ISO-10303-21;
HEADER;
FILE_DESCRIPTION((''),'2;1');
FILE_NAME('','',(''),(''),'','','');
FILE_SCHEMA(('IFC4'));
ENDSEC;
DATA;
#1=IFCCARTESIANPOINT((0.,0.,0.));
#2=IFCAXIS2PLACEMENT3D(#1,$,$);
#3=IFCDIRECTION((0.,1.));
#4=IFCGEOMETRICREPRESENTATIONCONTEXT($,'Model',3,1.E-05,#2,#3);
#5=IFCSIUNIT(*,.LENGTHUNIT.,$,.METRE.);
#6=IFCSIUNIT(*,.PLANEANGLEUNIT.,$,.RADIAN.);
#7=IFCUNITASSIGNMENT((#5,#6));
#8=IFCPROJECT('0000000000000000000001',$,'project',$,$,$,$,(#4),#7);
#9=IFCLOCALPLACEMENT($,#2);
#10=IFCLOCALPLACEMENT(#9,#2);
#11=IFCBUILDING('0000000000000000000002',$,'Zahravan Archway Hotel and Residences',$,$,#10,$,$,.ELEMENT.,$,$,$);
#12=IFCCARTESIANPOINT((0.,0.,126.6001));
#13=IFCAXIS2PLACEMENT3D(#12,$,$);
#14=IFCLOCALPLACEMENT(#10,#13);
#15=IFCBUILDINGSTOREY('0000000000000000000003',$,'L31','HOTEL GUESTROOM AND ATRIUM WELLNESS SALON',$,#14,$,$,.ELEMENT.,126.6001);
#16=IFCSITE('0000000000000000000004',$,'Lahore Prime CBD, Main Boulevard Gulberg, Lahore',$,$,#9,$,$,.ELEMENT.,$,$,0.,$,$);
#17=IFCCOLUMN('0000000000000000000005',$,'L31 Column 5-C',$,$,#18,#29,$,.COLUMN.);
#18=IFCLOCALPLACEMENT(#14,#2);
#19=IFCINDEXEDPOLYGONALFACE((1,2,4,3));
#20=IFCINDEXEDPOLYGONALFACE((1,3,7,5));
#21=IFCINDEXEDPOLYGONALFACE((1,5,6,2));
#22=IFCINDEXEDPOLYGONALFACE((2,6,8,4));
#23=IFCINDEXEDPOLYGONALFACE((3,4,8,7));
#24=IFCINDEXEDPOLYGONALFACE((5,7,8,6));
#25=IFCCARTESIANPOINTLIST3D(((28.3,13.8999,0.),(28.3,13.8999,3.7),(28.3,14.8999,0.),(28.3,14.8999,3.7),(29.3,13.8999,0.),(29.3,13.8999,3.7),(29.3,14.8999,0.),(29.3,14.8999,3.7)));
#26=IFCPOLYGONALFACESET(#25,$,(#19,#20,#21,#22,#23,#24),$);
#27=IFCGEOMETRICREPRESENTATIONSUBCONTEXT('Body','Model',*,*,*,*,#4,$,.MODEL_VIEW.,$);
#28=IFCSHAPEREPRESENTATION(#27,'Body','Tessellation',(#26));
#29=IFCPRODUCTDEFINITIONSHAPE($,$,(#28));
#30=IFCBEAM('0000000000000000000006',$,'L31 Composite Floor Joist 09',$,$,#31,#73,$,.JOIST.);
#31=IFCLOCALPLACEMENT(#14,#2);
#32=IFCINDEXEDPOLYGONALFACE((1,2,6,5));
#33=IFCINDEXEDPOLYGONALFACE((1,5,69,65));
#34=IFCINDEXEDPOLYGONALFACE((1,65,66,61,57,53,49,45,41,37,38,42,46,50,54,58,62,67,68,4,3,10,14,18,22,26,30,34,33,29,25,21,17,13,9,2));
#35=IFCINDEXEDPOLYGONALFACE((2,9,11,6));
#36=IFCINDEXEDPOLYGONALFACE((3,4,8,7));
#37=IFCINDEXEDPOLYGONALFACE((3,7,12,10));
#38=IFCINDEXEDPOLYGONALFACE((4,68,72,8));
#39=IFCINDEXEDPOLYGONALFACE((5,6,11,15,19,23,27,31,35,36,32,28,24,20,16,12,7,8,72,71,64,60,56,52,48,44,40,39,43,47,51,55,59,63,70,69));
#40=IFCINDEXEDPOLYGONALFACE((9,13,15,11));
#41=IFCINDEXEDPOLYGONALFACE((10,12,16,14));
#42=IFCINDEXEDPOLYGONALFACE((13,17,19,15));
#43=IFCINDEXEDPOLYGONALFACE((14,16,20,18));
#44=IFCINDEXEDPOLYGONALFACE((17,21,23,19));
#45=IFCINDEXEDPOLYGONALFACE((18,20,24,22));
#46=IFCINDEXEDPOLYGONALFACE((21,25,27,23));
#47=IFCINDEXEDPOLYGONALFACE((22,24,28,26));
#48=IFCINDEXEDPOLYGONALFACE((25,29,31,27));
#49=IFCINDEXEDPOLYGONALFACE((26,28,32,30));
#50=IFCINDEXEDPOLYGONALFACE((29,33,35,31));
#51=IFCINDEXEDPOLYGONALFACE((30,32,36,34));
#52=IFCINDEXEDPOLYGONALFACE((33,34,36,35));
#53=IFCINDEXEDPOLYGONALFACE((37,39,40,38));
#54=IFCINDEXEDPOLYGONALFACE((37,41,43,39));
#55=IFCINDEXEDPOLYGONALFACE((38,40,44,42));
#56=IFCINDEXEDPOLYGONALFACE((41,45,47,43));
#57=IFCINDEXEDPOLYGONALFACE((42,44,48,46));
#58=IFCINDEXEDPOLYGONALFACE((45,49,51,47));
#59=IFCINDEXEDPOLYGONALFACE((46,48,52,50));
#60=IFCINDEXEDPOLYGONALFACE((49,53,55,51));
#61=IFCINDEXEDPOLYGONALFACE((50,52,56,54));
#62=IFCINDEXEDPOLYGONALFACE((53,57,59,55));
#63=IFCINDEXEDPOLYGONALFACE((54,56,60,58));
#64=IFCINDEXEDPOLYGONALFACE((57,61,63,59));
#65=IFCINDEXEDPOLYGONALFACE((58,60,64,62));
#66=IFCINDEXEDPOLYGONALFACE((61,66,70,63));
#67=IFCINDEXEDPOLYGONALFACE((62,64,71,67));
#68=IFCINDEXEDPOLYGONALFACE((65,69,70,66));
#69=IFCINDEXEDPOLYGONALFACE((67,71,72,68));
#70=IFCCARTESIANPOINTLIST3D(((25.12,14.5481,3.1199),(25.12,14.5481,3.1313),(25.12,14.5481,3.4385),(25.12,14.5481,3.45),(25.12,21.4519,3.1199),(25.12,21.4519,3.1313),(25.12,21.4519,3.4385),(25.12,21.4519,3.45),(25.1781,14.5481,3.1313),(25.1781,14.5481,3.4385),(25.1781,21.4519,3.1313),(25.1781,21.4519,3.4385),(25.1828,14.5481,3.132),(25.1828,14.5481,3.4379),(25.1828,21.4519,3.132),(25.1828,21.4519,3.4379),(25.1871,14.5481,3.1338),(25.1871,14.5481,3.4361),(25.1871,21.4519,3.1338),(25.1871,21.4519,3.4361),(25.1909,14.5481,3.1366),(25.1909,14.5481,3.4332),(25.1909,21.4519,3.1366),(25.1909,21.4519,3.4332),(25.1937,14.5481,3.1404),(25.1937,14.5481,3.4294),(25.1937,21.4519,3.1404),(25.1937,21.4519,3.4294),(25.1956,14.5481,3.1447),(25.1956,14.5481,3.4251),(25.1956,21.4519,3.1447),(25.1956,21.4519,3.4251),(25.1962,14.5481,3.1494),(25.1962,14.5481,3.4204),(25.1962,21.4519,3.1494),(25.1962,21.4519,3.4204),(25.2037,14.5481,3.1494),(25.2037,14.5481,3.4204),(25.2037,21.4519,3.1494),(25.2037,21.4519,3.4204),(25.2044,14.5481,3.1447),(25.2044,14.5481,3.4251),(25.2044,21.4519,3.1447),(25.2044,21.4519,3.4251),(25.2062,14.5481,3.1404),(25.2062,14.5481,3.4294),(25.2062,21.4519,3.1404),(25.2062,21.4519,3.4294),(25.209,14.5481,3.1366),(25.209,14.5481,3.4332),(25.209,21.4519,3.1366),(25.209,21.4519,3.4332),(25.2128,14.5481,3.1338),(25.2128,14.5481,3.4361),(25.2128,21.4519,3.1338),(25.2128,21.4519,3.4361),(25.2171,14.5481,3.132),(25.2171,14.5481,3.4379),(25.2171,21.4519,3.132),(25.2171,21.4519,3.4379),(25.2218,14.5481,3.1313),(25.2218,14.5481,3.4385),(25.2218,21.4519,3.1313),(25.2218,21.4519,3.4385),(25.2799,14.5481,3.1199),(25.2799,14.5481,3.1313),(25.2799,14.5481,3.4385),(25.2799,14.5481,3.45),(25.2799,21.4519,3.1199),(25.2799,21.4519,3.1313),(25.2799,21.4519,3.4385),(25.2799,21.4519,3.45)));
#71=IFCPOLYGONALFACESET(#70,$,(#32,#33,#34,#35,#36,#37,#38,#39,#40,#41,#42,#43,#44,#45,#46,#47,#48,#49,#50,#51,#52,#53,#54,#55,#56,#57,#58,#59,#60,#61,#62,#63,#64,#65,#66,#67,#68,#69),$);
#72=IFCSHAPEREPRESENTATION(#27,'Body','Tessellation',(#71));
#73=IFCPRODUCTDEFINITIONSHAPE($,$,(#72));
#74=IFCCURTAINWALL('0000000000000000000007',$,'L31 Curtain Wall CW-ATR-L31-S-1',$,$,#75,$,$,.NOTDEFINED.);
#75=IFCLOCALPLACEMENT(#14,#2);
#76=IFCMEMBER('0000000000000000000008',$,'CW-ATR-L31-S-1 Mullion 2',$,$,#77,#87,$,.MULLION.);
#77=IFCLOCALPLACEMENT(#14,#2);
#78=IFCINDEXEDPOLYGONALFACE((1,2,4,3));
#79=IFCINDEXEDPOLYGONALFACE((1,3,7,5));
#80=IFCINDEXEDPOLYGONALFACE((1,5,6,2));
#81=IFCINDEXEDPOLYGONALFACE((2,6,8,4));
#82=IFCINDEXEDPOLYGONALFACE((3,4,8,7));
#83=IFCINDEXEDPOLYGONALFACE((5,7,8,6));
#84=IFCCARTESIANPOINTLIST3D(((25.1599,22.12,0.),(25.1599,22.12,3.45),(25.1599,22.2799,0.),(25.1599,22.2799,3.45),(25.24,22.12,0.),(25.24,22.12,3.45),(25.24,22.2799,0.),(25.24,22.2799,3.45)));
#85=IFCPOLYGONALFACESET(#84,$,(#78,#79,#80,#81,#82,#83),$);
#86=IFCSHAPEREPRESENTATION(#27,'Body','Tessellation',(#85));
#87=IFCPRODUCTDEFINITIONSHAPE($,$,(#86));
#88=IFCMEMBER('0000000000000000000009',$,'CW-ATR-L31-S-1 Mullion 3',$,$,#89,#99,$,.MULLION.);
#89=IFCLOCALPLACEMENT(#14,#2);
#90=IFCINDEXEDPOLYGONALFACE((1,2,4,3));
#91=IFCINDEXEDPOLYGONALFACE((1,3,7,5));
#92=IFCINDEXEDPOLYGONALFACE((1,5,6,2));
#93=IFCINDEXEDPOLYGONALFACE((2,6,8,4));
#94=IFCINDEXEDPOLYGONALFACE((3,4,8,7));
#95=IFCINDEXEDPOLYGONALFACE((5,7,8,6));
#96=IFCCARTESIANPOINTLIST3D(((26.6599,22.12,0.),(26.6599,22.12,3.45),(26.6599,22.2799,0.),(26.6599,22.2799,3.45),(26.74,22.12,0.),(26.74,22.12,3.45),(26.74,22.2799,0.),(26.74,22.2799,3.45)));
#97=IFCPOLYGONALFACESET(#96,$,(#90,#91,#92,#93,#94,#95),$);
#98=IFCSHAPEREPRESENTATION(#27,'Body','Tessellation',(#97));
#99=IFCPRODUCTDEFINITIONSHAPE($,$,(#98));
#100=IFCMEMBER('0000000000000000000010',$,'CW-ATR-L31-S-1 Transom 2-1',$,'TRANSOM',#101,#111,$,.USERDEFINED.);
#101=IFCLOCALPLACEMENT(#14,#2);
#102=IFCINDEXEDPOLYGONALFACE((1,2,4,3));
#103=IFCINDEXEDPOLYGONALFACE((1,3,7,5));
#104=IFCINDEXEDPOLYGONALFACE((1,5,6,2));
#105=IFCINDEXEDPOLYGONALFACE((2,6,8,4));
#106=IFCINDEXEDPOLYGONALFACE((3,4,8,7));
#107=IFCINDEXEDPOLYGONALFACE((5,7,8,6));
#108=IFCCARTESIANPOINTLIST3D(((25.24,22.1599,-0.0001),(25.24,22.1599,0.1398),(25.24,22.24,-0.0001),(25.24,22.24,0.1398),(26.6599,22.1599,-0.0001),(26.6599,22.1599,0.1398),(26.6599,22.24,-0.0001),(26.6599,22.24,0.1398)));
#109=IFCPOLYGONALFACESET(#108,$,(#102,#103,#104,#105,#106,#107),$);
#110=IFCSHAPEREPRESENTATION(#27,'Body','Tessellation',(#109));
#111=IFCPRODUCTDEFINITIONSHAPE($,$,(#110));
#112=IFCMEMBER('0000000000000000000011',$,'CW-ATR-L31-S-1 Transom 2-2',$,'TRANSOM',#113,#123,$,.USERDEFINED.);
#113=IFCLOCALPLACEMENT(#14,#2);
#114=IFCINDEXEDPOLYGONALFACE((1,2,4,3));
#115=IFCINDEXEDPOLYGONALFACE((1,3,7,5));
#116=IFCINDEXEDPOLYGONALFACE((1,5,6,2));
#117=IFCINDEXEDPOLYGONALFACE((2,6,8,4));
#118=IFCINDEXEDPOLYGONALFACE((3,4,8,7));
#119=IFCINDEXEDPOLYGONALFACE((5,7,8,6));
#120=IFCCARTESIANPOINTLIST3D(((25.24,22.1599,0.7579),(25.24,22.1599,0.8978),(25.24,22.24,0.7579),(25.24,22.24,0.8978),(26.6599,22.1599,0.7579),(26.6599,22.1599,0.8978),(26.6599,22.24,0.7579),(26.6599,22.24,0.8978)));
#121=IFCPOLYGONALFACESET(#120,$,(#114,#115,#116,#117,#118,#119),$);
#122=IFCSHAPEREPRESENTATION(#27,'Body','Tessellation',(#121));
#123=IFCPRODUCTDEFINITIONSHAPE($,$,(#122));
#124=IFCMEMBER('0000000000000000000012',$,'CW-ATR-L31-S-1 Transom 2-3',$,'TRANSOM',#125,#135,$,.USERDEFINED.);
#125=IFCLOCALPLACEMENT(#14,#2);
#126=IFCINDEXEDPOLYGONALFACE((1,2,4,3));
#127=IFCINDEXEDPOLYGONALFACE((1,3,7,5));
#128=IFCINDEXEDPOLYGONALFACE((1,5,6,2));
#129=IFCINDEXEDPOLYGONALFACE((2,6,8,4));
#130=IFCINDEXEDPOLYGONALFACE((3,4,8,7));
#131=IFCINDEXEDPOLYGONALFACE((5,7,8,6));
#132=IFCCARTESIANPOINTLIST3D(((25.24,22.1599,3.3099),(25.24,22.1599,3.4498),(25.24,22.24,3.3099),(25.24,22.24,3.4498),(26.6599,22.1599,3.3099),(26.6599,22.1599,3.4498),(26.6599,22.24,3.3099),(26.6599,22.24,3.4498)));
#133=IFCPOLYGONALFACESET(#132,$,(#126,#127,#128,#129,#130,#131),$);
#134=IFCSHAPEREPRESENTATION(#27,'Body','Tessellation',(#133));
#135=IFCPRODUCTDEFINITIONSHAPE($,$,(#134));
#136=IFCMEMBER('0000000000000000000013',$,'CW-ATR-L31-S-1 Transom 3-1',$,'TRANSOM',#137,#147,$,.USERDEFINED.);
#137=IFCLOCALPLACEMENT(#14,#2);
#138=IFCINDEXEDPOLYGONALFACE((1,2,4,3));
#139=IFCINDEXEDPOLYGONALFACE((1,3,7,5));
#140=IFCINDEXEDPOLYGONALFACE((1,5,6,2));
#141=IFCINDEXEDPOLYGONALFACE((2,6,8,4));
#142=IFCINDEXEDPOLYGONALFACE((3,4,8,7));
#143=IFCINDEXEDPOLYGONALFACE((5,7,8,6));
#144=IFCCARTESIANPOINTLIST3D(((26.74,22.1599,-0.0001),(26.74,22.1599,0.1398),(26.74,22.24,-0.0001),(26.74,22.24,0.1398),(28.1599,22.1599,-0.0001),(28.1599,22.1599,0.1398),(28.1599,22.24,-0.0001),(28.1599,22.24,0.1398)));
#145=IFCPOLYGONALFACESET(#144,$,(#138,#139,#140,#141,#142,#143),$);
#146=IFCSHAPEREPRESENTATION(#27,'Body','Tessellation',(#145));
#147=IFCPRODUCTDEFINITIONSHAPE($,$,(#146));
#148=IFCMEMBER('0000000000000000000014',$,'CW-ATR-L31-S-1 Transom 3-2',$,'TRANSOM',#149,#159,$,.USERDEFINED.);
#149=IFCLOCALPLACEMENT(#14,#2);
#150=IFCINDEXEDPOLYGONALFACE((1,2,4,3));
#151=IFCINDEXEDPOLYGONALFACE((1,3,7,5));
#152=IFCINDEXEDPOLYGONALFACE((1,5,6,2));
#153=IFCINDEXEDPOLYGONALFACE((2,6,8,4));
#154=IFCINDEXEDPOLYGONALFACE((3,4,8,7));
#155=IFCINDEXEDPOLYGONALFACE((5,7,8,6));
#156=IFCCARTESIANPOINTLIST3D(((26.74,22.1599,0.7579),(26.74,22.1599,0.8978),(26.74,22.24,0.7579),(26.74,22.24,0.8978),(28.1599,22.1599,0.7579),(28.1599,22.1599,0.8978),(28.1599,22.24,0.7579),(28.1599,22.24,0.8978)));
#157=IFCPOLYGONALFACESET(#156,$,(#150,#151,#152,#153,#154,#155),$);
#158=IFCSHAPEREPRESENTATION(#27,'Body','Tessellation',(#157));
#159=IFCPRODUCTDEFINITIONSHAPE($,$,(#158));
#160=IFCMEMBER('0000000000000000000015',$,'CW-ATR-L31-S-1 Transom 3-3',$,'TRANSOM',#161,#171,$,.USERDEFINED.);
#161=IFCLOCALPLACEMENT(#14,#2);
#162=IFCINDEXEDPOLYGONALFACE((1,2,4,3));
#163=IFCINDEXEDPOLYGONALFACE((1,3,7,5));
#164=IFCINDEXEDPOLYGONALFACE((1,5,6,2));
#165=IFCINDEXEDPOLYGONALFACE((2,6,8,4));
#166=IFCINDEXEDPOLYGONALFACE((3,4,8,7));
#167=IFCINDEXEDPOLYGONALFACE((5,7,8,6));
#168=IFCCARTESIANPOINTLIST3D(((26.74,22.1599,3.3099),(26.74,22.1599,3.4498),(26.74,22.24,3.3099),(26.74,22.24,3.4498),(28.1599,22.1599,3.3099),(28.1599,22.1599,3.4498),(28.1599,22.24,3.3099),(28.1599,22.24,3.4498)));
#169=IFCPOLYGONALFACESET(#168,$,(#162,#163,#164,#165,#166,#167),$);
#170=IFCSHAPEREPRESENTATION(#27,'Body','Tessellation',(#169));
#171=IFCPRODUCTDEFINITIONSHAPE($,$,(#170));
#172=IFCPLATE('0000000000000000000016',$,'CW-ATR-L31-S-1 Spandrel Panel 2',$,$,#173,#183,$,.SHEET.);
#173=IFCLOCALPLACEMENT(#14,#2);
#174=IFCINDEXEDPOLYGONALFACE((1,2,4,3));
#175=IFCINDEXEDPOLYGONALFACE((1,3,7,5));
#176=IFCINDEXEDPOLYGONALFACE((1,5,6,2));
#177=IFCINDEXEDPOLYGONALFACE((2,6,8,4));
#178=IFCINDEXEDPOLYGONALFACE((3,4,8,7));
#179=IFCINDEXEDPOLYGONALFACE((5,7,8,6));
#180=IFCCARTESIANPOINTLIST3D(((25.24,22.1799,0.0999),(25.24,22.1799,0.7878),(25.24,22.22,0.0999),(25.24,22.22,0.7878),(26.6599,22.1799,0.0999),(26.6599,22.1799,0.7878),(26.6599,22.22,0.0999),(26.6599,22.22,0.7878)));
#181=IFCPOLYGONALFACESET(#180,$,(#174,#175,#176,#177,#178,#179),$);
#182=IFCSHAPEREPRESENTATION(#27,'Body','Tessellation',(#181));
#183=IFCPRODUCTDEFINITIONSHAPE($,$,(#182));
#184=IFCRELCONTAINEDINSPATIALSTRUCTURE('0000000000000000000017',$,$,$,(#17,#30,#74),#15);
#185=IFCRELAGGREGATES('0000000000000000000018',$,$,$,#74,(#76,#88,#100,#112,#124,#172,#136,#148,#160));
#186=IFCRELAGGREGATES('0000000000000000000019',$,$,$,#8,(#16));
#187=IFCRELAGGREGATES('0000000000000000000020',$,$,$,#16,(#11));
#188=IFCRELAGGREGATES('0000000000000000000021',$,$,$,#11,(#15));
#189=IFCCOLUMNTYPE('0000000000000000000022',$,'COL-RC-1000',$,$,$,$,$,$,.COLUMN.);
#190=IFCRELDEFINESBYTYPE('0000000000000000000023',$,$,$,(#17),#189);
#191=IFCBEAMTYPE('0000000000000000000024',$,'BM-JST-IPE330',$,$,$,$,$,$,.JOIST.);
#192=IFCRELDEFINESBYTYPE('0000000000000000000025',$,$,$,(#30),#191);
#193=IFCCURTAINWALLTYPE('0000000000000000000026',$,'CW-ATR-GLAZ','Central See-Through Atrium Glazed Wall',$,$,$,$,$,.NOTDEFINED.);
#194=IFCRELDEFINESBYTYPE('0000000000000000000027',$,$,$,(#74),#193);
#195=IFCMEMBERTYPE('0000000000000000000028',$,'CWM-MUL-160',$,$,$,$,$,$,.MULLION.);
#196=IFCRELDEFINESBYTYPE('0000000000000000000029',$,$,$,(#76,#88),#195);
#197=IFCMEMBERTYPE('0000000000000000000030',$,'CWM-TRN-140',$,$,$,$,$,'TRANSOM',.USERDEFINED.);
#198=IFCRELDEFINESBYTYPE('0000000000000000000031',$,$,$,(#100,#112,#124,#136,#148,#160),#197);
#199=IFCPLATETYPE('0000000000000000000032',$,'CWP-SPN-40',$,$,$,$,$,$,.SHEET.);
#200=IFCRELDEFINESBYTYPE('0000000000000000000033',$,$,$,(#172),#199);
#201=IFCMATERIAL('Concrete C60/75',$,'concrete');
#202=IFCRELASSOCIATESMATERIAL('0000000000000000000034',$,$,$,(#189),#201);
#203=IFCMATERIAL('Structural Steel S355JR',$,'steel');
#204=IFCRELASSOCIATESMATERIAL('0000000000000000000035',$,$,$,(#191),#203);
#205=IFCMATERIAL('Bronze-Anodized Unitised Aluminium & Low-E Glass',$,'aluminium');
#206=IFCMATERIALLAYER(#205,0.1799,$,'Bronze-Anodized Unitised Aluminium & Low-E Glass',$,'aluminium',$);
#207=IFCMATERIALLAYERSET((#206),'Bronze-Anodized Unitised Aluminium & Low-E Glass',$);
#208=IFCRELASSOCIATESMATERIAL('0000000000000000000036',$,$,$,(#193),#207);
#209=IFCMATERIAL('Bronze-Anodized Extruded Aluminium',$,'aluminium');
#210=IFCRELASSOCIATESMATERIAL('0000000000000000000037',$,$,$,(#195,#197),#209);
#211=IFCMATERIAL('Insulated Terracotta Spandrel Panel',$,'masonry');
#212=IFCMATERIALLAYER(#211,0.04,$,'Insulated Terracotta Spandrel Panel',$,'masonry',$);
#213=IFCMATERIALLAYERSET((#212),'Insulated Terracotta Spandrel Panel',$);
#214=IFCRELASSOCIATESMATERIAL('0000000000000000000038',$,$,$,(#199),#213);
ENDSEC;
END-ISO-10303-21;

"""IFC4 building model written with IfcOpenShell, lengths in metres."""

from ifc_helpers import new_model, si_unit, direction, frame, origin, origin_2d, place, context, subcontext, project, spatial, rectangle, i_section, extrude, source, transform, mapped, material, layer, layer_set, material_profile, profile_set, type_object, type_shapes, element, aggregate, save


model = new_model("IFC4")

# Units and contexts
model_context = context("Model", 3, precision=1e-05, world=origin(), true_north=direction((0.0, 1.0)))
body_context = subcontext(model_context, "Body", "Model", "MODEL_VIEW")
ifc_project = project(units=[si_unit("LENGTHUNIT", "METRE"), si_unit("PLANEANGLEUNIT", "RADIAN")], contexts=[model_context])

# Site, building, storey
site_placement = place(None, origin())
site = spatial("IfcSite", under=ifc_project, at=site_placement, Name="Lahore Prime CBD, Main Boulevard Gulberg, Lahore", CompositionType="ELEMENT", RefElevation=0.0)
building_placement = place(site_placement, origin())
building = spatial("IfcBuilding", under=site, at=building_placement, Name="Zahravan Archway Hotel and Residences", CompositionType="ELEMENT")
storey_placement = place(building_placement, frame((0.0, 0.0, 126.6001)))
storey = spatial("IfcBuildingStorey", under=building, at=storey_placement, Name="L31", Description="HOTEL GUESTROOM AND ATRIUM WELLNESS SALON", CompositionType="ELEMENT", Elevation=126.6001)

# Column
ifc_material_1 = material(Name="Concrete C60/75", Category="concrete")
ifc_material_profile_1 = material_profile(ifc_material_1, rectangle(XDim=1.0, YDim=1.0, at=origin_2d()), Name="RC-COL-1000x1000", Category="concrete")
ifc_profile_set_1 = profile_set([ifc_material_profile_1], Name="Concrete C60/75")
column_type = type_object("IfcColumnType", Name="COL-RC-1000", PredefinedType="COLUMN", material=ifc_profile_set_1)
shared_shape_1 = source(origin(), body_context, "Body", "SweptSolid", [
    extrude(rectangle(XDim=1.0, YDim=1.0, at=origin_2d()), origin(), (0.0, 0.0, 1.0), 3.7),
])
type_shapes(column_type, [shared_shape_1])
column_placement = place(storey_placement, frame((28.8, 14.3999, 0.0), z_axis=(0.0, 0.0, 1.0), x_axis=(1.0, 0.0, 0.0)))
element("IfcColumn", 1, at=column_placement, inside=storey, type_object=column_type, Name="L31 Column 5-C", PredefinedType="COLUMN", context=body_context, shape_type="MappedRepresentation", body=[
    mapped(shared_shape_1, transform((0.0, 0.0, 0.0), scale=1.0)),
])

# Beam
ifc_material_2 = material(Name="Structural Steel S355JR", Category="steel")
ifc_material_profile_2 = material_profile(ifc_material_2, i_section(OverallWidth=0.1599, OverallDepth=0.3301, WebThickness=0.0076, FlangeThickness=0.0115, FilletRadius=0.0181, at=origin_2d()), Name="IPE 330", Category="steel")
ifc_profile_set_2 = profile_set([ifc_material_profile_2], Name="Structural Steel S355JR")
beam_type = type_object("IfcBeamType", Name="BM-JST-IPE330", PredefinedType="JOIST", material=ifc_profile_set_2)
shared_shape_2 = source(origin(), body_context, "Body", "SweptSolid", [
    extrude(i_section(OverallWidth=0.1599, OverallDepth=0.3301, WebThickness=0.0076, FlangeThickness=0.0115, FilletRadius=0.0181, at=origin_2d()), origin(), (0.0, 0.0, 1.0), 6.9038),
])
beam_placement = place(storey_placement, frame((25.2, 14.5481, 3.2849), z_axis=(0.0, 1.0, 0.0), x_axis=(-1.0, 0.0, 0.0)))
element("IfcBeam", 2, at=beam_placement, inside=storey, type_object=beam_type, Name="L31 Composite Floor Joist 09", PredefinedType="JOIST", context=body_context, shape_type="MappedRepresentation", body=[
    mapped(shared_shape_2, transform((0.0, 0.0, 0.0), scale=1.0)),
])

# Curtain wall, members, plate
ifc_material_3 = material(Name="Bronze-Anodized Unitised Aluminium & Low-E Glass", Category="aluminium")
ifc_layer_1 = layer(ifc_material_3, 0.1799, Name="Bronze-Anodized Unitised Aluminium & Low-E Glass", Category="aluminium")
ifc_layer_set_1 = layer_set([ifc_layer_1], Name="Bronze-Anodized Unitised Aluminium & Low-E Glass")
curtain_wall_type = type_object("IfcCurtainWallType", Name="CW-ATR-GLAZ", Description="Central See-Through Atrium Glazed Wall", PredefinedType="NOTDEFINED", material=ifc_layer_set_1)
curtain_wall_placement = place(storey_placement, origin())
curtain_wall = element("IfcCurtainWall", 3, at=curtain_wall_placement, inside=storey, type_object=curtain_wall_type, Name="L31 Curtain Wall CW-ATR-L31-S-1", PredefinedType="NOTDEFINED")
ifc_material_4 = material(Name="Bronze-Anodized Extruded Aluminium", Category="aluminium")
ifc_material_profile_3 = material_profile(ifc_material_4, rectangle(XDim=0.0801, YDim=0.1599, at=origin_2d()), Name="MUL 80x160", Category="aluminium")
ifc_profile_set_3 = profile_set([ifc_material_profile_3], Name="Bronze-Anodized Extruded Aluminium")
member_type_1 = type_object("IfcMemberType", Name="CWM-MUL-160", PredefinedType="MULLION", material=ifc_profile_set_3)
shared_shape_3 = source(origin(), body_context, "Body", "SweptSolid", [
    extrude(rectangle(XDim=0.0801, YDim=0.1599, at=origin_2d()), origin(), (0.0, 0.0, 1.0), 3.45),
])
member_1_placement = place(storey_placement, frame((25.2, 22.2, 0.0), z_axis=(0.0, 0.0, 1.0), x_axis=(1.0, 0.0, 0.0)))
member_1 = element("IfcMember", 4, at=member_1_placement, type_object=member_type_1, Name="CW-ATR-L31-S-1 Mullion 2", PredefinedType="MULLION", context=body_context, shape_type="MappedRepresentation", body=[
    mapped(shared_shape_3, transform((0.0, 0.0, 0.0), scale=1.0)),
])
member_2_placement = place(storey_placement, frame((26.7, 22.2, 0.0), z_axis=(0.0, 0.0, 1.0), x_axis=(1.0, 0.0, 0.0)))
member_2 = element("IfcMember", 5, at=member_2_placement, type_object=member_type_1, Name="CW-ATR-L31-S-1 Mullion 3", PredefinedType="MULLION", context=body_context, shape_type="MappedRepresentation", body=[
    mapped(shared_shape_3, transform((0.0, 0.0, 0.0), scale=1.0)),
])
ifc_material_profile_4 = material_profile(ifc_material_4, rectangle(XDim=0.0801, YDim=0.1399, at=origin_2d()), Name="TRN 80x140", Category="aluminium")
ifc_profile_set_4 = profile_set([ifc_material_profile_4], Name="Bronze-Anodized Extruded Aluminium")
member_type_2 = type_object("IfcMemberType", Name="CWM-TRN-140", ElementType="TRANSOM", PredefinedType="USERDEFINED", material=ifc_profile_set_4)
shared_shape_4 = source(origin(), body_context, "Body", "SweptSolid", [
    extrude(rectangle(XDim=0.0801, YDim=0.1399, at=origin_2d()), origin(), (0.0, 0.0, 1.0), 1.4199),
])
member_3_placement = place(storey_placement, frame((25.24, 22.2, 0.0698), z_axis=(1.0, 0.0, 0.0), x_axis=(0.0, 1.0, 0.0)))
member_3 = element("IfcMember", 6, at=member_3_placement, type_object=member_type_2, Name="CW-ATR-L31-S-1 Transom 2-1", ObjectType="TRANSOM", PredefinedType="USERDEFINED", context=body_context, shape_type="MappedRepresentation", body=[
    mapped(shared_shape_4, transform((0.0, 0.0, 0.0), scale=1.0)),
])
member_4_placement = place(storey_placement, frame((25.24, 22.2, 0.8279), z_axis=(1.0, 0.0, 0.0), x_axis=(0.0, 1.0, 0.0)))
member_4 = element("IfcMember", 7, at=member_4_placement, type_object=member_type_2, Name="CW-ATR-L31-S-1 Transom 2-2", ObjectType="TRANSOM", PredefinedType="USERDEFINED", context=body_context, shape_type="MappedRepresentation", body=[
    mapped(shared_shape_4, transform((0.0, 0.0, 0.0), scale=1.0)),
])
member_5_placement = place(storey_placement, frame((25.24, 22.2, 3.3799), z_axis=(1.0, 0.0, 0.0), x_axis=(0.0, 1.0, 0.0)))
member_5 = element("IfcMember", 8, at=member_5_placement, type_object=member_type_2, Name="CW-ATR-L31-S-1 Transom 2-3", ObjectType="TRANSOM", PredefinedType="USERDEFINED", context=body_context, shape_type="MappedRepresentation", body=[
    mapped(shared_shape_4, transform((0.0, 0.0, 0.0), scale=1.0)),
])
member_6_placement = place(storey_placement, frame((26.74, 22.2, 0.0698), z_axis=(1.0, 0.0, 0.0), x_axis=(0.0, 1.0, 0.0)))
member_6 = element("IfcMember", 9, at=member_6_placement, type_object=member_type_2, Name="CW-ATR-L31-S-1 Transom 3-1", ObjectType="TRANSOM", PredefinedType="USERDEFINED", context=body_context, shape_type="MappedRepresentation", body=[
    mapped(shared_shape_4, transform((0.0, 0.0, 0.0), scale=1.0)),
])
member_7_placement = place(storey_placement, frame((26.74, 22.2, 0.8279), z_axis=(1.0, 0.0, 0.0), x_axis=(0.0, 1.0, 0.0)))
member_7 = element("IfcMember", 10, at=member_7_placement, type_object=member_type_2, Name="CW-ATR-L31-S-1 Transom 3-2", ObjectType="TRANSOM", PredefinedType="USERDEFINED", context=body_context, shape_type="MappedRepresentation", body=[
    mapped(shared_shape_4, transform((0.0, 0.0, 0.0), scale=1.0)),
])
member_8_placement = place(storey_placement, frame((26.74, 22.2, 3.3799), z_axis=(1.0, 0.0, 0.0), x_axis=(0.0, 1.0, 0.0)))
member_8 = element("IfcMember", 11, at=member_8_placement, type_object=member_type_2, Name="CW-ATR-L31-S-1 Transom 3-3", ObjectType="TRANSOM", PredefinedType="USERDEFINED", context=body_context, shape_type="MappedRepresentation", body=[
    mapped(shared_shape_4, transform((0.0, 0.0, 0.0), scale=1.0)),
])
ifc_material_5 = material(Name="Insulated Terracotta Spandrel Panel", Category="masonry")
ifc_layer_2 = layer(ifc_material_5, 0.04, Name="Insulated Terracotta Spandrel Panel", Category="masonry")
ifc_layer_set_2 = layer_set([ifc_layer_2], Name="Insulated Terracotta Spandrel Panel")
plate_type_1 = type_object("IfcPlateType", Name="CWP-SPN-40", PredefinedType="SHEET", material=ifc_layer_set_2)
shared_shape_5 = source(origin(), body_context, "Body", "SweptSolid", [
    extrude(rectangle(XDim=1.4199, YDim=0.04, at=origin_2d()), origin(), (0.0, 0.0, 1.0), 0.688),
])
plate_1_placement = place(storey_placement, frame((25.95, 22.2, 0.0999), z_axis=(0.0, 0.0, 1.0), x_axis=(1.0, 0.0, 0.0)))
plate_1 = element("IfcPlate", 12, at=plate_1_placement, type_object=plate_type_1, Name="CW-ATR-L31-S-1 Spandrel Panel 2", PredefinedType="SHEET", context=body_context, shape_type="MappedRepresentation", body=[
    mapped(shared_shape_5, transform((0.0, 0.0, 0.0), scale=1.0)),
])
aggregate(curtain_wall, [member_1, member_2, member_3, member_4, member_5, plate_1, member_6, member_7, member_8])

save(model, "model.ifc")
